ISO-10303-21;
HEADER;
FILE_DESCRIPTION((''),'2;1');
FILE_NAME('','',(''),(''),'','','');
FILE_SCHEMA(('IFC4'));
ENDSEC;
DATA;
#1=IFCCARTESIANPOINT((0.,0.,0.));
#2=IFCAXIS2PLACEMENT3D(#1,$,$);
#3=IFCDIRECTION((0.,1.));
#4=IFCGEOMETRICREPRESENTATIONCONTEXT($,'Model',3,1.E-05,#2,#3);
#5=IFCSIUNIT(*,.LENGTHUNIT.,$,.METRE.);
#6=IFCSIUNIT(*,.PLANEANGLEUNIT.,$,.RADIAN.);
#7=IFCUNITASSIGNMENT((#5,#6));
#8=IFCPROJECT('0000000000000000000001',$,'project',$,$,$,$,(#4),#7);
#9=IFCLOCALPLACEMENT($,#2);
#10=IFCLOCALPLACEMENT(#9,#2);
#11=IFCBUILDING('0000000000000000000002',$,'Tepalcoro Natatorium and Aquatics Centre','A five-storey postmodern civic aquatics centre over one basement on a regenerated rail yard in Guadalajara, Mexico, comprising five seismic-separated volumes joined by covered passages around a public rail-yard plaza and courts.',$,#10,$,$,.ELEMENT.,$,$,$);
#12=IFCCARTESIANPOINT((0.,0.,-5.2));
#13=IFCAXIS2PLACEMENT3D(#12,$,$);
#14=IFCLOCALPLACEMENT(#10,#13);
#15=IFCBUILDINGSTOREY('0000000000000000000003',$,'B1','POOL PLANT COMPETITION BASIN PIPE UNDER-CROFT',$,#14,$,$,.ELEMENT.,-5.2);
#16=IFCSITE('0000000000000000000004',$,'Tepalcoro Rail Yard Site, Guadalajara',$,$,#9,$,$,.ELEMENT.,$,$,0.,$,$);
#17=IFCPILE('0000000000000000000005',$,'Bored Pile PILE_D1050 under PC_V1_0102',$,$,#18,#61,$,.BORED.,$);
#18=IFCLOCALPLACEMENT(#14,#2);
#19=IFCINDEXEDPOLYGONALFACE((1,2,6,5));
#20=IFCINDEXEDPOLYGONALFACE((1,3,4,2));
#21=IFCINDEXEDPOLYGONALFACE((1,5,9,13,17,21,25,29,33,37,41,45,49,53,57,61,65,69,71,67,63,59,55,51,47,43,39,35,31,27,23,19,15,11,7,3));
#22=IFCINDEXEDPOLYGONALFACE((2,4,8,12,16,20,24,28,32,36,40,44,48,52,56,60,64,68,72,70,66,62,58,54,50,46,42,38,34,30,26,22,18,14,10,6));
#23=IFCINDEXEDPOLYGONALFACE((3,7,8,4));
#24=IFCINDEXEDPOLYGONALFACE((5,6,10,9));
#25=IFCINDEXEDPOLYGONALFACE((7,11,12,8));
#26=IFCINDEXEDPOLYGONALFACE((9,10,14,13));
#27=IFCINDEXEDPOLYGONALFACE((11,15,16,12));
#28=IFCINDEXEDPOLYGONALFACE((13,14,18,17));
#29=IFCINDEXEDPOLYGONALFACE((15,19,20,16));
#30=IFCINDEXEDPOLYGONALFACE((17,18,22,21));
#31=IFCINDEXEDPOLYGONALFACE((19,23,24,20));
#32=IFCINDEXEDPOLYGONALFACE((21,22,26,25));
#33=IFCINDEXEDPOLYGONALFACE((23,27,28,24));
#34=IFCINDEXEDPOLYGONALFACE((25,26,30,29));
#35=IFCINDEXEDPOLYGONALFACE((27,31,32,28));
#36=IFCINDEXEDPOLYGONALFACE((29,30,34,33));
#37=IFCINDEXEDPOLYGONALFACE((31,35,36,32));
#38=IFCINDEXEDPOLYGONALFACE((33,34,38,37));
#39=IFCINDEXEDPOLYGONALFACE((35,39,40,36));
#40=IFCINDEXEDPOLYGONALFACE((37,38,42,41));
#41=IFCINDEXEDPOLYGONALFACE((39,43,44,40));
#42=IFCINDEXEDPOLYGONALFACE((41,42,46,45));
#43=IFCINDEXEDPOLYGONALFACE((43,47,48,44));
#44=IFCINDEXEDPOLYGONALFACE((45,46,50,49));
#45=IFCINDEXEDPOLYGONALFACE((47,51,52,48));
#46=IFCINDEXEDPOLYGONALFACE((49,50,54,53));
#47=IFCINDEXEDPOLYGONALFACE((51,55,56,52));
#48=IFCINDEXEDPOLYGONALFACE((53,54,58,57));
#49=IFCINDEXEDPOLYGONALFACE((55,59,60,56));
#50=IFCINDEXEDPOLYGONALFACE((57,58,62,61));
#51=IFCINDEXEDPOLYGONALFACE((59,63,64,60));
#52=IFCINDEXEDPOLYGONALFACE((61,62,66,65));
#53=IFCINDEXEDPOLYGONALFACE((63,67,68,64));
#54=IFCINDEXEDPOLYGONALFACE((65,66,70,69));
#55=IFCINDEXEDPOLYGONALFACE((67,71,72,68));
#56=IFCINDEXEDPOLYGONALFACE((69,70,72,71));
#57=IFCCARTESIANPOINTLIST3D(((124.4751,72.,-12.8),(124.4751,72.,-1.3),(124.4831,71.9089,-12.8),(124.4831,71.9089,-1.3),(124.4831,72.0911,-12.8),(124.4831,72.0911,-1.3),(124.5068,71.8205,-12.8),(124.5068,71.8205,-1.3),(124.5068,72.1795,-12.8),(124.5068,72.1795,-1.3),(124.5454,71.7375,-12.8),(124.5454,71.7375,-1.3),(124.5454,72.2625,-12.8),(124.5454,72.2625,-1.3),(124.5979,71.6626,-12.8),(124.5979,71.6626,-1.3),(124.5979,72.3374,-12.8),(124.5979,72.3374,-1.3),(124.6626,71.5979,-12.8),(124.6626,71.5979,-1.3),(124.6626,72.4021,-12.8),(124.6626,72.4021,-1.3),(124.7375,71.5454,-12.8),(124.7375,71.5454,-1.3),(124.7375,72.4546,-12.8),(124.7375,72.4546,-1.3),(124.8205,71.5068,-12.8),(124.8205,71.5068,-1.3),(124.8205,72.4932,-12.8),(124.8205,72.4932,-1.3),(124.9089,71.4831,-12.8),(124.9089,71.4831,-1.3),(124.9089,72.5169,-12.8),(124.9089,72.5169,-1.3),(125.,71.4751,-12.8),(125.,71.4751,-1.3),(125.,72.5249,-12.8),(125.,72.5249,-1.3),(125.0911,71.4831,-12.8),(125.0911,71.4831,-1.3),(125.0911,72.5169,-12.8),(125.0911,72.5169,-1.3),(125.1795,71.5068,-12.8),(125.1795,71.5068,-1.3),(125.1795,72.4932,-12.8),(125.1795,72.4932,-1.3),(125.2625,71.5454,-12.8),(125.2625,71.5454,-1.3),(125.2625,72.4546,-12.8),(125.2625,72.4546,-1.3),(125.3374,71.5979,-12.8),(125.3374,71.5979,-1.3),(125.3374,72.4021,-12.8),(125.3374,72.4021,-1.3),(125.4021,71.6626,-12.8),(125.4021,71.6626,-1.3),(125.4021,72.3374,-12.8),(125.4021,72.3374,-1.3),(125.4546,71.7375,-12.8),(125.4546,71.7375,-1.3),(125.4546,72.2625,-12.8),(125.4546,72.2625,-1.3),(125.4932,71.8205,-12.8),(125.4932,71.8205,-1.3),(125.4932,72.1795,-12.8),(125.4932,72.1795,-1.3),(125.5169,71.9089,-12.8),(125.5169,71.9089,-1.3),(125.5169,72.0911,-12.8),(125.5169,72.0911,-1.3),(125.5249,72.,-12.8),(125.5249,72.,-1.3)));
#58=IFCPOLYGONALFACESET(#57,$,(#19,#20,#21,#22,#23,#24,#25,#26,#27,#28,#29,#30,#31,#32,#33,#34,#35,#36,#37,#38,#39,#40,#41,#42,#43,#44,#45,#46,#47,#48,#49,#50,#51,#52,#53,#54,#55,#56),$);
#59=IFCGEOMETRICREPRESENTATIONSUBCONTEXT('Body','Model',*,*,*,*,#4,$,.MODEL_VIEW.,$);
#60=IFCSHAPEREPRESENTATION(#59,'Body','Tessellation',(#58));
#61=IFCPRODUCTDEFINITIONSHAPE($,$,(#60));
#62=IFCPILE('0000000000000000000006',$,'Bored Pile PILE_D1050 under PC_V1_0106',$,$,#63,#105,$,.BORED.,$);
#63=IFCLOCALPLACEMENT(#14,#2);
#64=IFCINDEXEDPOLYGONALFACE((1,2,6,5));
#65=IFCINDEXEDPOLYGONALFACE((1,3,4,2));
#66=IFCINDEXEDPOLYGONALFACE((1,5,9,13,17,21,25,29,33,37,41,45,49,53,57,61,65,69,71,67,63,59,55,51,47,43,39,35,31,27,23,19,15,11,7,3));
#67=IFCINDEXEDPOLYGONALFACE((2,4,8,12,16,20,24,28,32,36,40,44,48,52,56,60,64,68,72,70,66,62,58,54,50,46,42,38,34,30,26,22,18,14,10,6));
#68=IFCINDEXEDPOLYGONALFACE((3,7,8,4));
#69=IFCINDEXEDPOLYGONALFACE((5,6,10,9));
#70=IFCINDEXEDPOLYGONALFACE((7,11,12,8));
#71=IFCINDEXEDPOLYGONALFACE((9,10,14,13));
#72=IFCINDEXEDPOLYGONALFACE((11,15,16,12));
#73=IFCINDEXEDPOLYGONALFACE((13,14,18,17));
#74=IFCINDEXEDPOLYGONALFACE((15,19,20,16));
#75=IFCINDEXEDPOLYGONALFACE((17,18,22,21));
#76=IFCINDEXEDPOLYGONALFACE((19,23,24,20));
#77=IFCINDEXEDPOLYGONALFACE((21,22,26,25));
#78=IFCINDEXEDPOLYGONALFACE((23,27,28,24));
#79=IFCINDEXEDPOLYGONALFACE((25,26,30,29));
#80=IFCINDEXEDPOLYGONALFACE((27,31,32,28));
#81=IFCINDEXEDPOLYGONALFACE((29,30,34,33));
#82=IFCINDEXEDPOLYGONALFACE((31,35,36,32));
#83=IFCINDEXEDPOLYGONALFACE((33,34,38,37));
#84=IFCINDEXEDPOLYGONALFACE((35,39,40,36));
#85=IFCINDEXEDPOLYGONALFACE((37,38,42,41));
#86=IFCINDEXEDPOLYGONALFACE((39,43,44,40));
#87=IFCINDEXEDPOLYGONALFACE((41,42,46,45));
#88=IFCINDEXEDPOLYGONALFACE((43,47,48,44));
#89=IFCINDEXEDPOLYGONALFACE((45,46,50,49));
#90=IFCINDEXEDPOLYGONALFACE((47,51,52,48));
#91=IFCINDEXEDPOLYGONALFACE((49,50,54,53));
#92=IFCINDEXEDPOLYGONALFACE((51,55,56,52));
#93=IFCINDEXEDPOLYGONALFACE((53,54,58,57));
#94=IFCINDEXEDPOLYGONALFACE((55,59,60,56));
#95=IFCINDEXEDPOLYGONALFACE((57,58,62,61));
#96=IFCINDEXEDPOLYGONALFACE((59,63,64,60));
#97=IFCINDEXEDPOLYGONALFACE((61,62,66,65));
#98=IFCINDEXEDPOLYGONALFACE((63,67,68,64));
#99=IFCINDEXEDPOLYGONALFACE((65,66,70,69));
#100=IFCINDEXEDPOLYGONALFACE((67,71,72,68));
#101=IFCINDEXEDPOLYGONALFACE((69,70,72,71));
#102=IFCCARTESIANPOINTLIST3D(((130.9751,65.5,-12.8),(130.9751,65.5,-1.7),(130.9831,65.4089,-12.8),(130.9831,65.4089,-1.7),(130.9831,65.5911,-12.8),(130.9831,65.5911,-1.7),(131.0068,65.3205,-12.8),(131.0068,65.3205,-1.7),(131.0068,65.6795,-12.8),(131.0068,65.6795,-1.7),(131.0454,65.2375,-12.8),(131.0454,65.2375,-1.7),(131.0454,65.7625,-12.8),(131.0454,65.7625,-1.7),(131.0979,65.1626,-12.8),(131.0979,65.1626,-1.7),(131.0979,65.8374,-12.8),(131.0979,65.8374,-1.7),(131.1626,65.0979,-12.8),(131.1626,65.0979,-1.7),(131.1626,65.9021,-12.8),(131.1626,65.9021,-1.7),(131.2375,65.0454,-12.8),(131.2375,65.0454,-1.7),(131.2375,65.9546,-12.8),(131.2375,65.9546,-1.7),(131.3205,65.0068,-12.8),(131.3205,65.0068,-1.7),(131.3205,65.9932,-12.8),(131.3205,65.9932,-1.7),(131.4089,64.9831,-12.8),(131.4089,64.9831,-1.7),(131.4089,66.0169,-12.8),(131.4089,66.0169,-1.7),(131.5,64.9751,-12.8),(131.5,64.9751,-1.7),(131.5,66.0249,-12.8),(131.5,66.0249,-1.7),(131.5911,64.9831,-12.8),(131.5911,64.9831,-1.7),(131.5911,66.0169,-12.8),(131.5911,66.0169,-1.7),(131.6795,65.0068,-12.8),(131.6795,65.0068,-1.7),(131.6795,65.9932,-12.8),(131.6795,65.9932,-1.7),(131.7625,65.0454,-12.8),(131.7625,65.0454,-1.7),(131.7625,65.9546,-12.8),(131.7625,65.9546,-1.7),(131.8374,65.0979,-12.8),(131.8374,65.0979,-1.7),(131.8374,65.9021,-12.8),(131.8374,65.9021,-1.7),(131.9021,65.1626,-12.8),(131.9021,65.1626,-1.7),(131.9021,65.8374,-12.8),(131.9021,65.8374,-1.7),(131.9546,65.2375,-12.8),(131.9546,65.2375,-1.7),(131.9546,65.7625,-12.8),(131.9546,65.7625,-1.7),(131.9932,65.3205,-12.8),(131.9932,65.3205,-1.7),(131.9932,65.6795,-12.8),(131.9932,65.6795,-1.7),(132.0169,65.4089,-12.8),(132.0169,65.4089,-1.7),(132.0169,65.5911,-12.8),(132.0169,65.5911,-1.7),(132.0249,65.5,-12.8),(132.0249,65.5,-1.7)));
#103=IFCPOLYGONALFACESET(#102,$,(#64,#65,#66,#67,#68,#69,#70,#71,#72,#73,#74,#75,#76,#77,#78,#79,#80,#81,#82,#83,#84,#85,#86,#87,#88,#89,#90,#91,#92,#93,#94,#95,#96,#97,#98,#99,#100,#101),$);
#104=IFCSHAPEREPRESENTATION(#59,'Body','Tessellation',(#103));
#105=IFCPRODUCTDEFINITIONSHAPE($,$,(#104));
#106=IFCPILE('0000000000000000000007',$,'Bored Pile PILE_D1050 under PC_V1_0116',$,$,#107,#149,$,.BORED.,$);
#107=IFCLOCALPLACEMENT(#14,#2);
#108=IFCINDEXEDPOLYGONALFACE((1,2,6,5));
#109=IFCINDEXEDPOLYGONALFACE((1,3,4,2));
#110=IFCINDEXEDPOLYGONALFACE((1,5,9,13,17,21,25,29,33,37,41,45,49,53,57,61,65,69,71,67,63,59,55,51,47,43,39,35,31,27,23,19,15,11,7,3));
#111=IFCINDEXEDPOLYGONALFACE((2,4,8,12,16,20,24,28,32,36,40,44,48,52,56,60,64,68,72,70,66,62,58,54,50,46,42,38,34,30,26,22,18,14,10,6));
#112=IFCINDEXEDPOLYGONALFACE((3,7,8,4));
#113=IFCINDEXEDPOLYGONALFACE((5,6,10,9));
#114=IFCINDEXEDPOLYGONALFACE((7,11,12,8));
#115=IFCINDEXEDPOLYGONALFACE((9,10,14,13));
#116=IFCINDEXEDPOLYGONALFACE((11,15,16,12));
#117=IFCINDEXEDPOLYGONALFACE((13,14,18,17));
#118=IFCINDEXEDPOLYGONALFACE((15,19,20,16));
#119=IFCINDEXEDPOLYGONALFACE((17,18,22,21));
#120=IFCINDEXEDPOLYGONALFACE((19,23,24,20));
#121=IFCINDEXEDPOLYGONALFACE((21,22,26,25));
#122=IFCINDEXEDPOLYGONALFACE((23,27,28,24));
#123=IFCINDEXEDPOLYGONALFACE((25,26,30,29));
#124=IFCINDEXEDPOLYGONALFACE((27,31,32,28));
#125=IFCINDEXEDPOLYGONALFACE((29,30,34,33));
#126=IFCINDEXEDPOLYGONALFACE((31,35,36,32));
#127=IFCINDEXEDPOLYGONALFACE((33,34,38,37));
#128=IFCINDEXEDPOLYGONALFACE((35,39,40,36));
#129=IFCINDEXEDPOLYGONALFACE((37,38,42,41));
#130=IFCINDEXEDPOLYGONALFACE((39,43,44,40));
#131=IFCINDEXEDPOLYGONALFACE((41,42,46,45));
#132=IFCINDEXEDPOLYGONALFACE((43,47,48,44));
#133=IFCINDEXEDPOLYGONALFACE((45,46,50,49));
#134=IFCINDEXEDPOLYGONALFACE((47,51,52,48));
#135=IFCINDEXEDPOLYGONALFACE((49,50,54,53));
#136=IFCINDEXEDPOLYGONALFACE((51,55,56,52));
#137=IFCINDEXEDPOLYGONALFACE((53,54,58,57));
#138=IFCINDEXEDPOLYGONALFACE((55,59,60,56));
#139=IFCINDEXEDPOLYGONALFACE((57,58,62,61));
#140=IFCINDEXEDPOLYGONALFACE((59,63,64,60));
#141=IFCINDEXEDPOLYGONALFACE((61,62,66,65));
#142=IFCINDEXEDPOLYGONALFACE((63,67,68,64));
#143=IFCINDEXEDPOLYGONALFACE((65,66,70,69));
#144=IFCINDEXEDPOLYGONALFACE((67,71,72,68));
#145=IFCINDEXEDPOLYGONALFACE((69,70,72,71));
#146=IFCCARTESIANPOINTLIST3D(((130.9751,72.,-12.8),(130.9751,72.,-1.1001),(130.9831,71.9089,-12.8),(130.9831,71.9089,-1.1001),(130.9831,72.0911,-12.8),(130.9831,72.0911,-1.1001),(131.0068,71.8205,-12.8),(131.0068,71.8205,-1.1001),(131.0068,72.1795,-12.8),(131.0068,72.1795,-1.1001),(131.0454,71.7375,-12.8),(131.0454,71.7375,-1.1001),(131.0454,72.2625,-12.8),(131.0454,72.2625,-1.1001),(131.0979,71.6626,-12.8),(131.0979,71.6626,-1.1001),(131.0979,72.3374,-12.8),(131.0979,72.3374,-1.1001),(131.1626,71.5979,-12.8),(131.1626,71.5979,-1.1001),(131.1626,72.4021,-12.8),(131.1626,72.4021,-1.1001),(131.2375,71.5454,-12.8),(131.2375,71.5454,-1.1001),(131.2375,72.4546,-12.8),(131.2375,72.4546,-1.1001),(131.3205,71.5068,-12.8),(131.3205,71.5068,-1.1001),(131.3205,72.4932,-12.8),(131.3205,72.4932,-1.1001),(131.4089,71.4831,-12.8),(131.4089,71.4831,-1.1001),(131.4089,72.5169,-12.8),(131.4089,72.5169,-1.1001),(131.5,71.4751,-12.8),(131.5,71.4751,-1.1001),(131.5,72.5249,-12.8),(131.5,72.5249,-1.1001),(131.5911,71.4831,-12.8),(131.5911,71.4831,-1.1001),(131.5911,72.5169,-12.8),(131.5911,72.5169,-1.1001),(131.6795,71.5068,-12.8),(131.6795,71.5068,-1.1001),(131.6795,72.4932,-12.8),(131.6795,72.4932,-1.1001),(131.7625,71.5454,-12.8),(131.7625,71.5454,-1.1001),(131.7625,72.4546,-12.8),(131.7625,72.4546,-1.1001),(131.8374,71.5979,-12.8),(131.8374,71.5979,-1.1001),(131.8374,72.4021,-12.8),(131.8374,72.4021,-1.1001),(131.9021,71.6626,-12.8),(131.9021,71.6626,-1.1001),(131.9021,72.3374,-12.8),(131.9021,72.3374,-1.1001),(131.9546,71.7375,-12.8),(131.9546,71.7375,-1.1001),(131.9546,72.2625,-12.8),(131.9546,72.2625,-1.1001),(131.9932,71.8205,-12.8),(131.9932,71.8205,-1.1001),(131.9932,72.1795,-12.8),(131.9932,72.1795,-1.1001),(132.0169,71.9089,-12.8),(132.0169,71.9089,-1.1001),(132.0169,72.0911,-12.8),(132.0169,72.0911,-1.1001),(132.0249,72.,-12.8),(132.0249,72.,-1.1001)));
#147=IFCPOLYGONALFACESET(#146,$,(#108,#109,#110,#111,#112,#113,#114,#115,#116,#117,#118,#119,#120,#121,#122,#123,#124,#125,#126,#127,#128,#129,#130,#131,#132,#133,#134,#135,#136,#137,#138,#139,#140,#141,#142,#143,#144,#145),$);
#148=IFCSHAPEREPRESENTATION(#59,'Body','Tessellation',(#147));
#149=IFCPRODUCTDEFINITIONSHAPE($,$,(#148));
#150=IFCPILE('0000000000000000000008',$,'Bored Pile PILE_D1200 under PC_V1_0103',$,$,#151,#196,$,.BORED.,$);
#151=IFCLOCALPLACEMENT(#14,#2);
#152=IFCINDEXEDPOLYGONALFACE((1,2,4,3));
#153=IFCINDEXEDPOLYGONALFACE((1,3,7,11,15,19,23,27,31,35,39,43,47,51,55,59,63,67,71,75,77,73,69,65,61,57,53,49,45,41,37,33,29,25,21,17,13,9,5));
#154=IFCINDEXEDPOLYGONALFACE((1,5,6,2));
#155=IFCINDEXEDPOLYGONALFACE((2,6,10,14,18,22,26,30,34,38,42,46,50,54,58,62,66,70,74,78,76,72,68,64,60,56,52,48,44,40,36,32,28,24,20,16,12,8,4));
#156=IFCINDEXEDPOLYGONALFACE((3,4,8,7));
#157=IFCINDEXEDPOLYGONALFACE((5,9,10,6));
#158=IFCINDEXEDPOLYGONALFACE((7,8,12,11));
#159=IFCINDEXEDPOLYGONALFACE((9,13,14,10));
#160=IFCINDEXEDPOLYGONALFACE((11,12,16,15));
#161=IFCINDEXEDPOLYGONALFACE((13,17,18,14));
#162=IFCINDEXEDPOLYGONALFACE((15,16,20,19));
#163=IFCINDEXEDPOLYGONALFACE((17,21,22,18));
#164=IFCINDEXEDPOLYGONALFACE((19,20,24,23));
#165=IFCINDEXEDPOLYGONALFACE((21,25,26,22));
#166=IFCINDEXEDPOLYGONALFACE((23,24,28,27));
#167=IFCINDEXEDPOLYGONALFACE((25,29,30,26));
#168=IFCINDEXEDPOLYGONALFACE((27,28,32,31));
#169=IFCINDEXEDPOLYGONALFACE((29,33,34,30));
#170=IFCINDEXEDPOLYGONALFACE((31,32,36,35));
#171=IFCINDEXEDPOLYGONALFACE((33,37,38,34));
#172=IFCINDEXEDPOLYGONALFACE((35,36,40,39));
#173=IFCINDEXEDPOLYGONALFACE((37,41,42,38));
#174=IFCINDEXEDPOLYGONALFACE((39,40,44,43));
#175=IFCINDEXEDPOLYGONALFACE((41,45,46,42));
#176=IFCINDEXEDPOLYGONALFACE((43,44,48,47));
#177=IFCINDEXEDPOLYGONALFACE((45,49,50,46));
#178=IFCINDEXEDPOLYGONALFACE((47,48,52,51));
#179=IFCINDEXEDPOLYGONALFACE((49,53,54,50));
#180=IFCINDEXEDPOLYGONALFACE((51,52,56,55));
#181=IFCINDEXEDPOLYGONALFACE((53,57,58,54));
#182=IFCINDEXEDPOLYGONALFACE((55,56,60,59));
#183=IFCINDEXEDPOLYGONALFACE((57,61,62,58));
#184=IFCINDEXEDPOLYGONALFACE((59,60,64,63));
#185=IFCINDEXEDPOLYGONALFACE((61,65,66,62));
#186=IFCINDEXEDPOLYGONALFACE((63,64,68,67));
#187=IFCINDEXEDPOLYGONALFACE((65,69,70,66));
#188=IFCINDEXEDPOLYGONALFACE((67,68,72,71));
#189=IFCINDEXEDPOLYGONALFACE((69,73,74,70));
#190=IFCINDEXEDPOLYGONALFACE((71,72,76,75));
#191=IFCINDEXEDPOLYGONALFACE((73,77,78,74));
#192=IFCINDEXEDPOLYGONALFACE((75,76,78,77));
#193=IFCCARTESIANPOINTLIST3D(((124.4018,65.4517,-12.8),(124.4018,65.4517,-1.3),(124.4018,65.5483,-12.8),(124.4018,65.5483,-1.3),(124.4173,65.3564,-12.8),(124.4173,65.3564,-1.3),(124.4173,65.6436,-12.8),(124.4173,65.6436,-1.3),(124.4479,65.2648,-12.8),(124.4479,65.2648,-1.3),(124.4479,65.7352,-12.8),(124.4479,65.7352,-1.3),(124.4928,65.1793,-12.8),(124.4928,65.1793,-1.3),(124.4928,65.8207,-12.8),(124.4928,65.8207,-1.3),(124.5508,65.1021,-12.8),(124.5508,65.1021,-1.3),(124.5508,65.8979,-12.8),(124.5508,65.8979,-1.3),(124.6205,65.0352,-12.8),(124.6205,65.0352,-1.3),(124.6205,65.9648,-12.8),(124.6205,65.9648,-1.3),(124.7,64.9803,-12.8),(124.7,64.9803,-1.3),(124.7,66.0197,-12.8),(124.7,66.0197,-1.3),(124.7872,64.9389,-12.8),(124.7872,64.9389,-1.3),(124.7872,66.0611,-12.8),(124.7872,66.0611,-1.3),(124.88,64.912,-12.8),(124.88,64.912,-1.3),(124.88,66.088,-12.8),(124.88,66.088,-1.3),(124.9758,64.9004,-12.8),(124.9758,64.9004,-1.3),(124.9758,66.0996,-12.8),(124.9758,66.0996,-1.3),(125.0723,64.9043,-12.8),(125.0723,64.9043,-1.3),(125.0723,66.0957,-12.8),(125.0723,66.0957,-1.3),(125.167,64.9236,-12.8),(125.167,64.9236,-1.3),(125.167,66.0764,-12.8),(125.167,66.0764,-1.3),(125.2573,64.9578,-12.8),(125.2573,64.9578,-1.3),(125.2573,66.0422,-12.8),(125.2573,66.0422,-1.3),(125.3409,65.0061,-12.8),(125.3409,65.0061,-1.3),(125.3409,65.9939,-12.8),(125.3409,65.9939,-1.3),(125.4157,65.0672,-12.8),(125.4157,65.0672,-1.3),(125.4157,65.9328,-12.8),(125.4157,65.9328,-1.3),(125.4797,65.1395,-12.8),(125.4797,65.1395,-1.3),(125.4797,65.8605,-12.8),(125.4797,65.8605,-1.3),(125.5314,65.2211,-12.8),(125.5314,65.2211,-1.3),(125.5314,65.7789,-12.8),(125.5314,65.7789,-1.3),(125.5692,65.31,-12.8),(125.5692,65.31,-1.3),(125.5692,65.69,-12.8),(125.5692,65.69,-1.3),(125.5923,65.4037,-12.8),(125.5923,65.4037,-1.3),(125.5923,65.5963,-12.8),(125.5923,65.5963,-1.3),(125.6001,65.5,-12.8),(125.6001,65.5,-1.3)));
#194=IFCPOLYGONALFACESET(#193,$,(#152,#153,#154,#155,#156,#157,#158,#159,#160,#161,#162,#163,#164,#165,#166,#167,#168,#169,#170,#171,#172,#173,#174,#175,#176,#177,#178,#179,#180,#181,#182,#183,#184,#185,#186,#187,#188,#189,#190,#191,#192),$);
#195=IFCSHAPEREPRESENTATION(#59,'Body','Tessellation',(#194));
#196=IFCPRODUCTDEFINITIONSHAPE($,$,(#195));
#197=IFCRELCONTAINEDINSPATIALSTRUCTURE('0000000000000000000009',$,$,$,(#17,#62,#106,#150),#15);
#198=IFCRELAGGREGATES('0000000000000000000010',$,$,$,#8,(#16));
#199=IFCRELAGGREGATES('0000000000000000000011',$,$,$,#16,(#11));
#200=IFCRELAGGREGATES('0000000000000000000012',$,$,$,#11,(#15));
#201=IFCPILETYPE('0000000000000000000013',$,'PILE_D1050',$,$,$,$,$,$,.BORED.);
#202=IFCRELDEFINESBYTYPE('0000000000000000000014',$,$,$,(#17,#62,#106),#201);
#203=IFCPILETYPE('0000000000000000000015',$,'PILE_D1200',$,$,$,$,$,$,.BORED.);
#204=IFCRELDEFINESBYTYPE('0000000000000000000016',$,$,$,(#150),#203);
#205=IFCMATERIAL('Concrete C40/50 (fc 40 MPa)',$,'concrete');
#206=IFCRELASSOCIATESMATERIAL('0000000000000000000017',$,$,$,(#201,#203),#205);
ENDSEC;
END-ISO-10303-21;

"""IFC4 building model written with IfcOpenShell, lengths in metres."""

from ifc_helpers import new_model, si_unit, direction, frame, origin, origin_2d, place, context, subcontext, project, spatial, circle, extrude, material, material_profile, profile_set, type_object, element, save


model = new_model("IFC4")

# Units and contexts
model_context = context("Model", 3, precision=1e-05, world=origin(), true_north=direction((0.0, 1.0)))
body_context = subcontext(model_context, "Body", "Model", "MODEL_VIEW")
ifc_project = project(units=[si_unit("LENGTHUNIT", "METRE"), si_unit("PLANEANGLEUNIT", "RADIAN")], contexts=[model_context])

# Site, building, storey
site_placement = place(None, origin())
site = spatial("IfcSite", under=ifc_project, at=site_placement, Name="Tepalcoro Rail Yard Site, Guadalajara", CompositionType="ELEMENT", RefElevation=0.0)
building_placement = place(site_placement, origin())
building = spatial("IfcBuilding", under=site, at=building_placement, Name="Tepalcoro Natatorium and Aquatics Centre", Description="A five-storey postmodern civic aquatics centre over one basement on a regenerated rail yard in Guadalajara, Mexico, comprising five seismic-separated volumes joined by covered passages around a public rail-yard plaza and courts.", CompositionType="ELEMENT")
storey_placement = place(building_placement, frame((0.0, 0.0, -5.2)))
storey = spatial("IfcBuildingStorey", under=building, at=storey_placement, Name="B1", Description="POOL PLANT COMPETITION BASIN PIPE UNDER-CROFT", CompositionType="ELEMENT", Elevation=-5.2)

# Piles
ifc_material = material(Name="Concrete C40/50 (fc 40 MPa)", Category="concrete")
ifc_material_profile_1 = material_profile(ifc_material, circle(Radius=0.5249, at=origin_2d()), Name="PILE_D1050")
ifc_profile_set_1 = profile_set([ifc_material_profile_1], Name="Concrete C40/50 (fc 40 MPa)")
pile_type_1 = type_object("IfcPileType", Name="PILE_D1050", PredefinedType="BORED", material=ifc_profile_set_1)
pile_1_placement = place(storey_placement, frame((125.0, 72.0, -1.3), z_axis=(0.0, 0.0, -1.0), x_axis=(1.0, 0.0, 0.0)))
element("IfcPile", 1, at=pile_1_placement, inside=storey, type_object=pile_type_1, Name="Bored Pile PILE_D1050 under PC_V1_0102", PredefinedType="BORED", context=body_context, shape_type="SweptSolid", body=[
    extrude(circle(Radius=0.5249, at=origin_2d()), origin(), (0.0, 0.0, 1.0), 11.5),
])
pile_2_placement = place(storey_placement, frame((131.5, 65.5, -1.7), z_axis=(0.0, 0.0, -1.0), x_axis=(1.0, 0.0, 0.0)))
element("IfcPile", 2, at=pile_2_placement, inside=storey, type_object=pile_type_1, Name="Bored Pile PILE_D1050 under PC_V1_0106", PredefinedType="BORED", context=body_context, shape_type="SweptSolid", body=[
    extrude(circle(Radius=0.5249, at=origin_2d()), origin(), (0.0, 0.0, 1.0), 11.1001),
])
pile_3_placement = place(storey_placement, frame((131.5, 72.0, -1.1001), z_axis=(0.0, 0.0, -1.0), x_axis=(1.0, 0.0, 0.0)))
element("IfcPile", 3, at=pile_3_placement, inside=storey, type_object=pile_type_1, Name="Bored Pile PILE_D1050 under PC_V1_0116", PredefinedType="BORED", context=body_context, shape_type="SweptSolid", body=[
    extrude(circle(Radius=0.5249, at=origin_2d()), origin(), (0.0, 0.0, 1.0), 11.7),
])
ifc_material_profile_2 = material_profile(ifc_material, circle(Radius=0.6001, at=origin_2d()), Name="PILE_D1200")
ifc_profile_set_2 = profile_set([ifc_material_profile_2], Name="Concrete C40/50 (fc 40 MPa)")
pile_type_2 = type_object("IfcPileType", Name="PILE_D1200", PredefinedType="BORED", material=ifc_profile_set_2)
pile_4_placement = place(storey_placement, frame((125.0, 65.5, -1.3), z_axis=(0.0, 0.0, -1.0), x_axis=(1.0, 0.0, 0.0)))
element("IfcPile", 4, at=pile_4_placement, inside=storey, type_object=pile_type_2, Name="Bored Pile PILE_D1200 under PC_V1_0103", PredefinedType="BORED", context=body_context, shape_type="SweptSolid", body=[
    extrude(circle(Radius=0.6001, at=origin_2d()), origin(), (0.0, 0.0, 1.0), 11.5),
])

save(model, "model.ifc")
